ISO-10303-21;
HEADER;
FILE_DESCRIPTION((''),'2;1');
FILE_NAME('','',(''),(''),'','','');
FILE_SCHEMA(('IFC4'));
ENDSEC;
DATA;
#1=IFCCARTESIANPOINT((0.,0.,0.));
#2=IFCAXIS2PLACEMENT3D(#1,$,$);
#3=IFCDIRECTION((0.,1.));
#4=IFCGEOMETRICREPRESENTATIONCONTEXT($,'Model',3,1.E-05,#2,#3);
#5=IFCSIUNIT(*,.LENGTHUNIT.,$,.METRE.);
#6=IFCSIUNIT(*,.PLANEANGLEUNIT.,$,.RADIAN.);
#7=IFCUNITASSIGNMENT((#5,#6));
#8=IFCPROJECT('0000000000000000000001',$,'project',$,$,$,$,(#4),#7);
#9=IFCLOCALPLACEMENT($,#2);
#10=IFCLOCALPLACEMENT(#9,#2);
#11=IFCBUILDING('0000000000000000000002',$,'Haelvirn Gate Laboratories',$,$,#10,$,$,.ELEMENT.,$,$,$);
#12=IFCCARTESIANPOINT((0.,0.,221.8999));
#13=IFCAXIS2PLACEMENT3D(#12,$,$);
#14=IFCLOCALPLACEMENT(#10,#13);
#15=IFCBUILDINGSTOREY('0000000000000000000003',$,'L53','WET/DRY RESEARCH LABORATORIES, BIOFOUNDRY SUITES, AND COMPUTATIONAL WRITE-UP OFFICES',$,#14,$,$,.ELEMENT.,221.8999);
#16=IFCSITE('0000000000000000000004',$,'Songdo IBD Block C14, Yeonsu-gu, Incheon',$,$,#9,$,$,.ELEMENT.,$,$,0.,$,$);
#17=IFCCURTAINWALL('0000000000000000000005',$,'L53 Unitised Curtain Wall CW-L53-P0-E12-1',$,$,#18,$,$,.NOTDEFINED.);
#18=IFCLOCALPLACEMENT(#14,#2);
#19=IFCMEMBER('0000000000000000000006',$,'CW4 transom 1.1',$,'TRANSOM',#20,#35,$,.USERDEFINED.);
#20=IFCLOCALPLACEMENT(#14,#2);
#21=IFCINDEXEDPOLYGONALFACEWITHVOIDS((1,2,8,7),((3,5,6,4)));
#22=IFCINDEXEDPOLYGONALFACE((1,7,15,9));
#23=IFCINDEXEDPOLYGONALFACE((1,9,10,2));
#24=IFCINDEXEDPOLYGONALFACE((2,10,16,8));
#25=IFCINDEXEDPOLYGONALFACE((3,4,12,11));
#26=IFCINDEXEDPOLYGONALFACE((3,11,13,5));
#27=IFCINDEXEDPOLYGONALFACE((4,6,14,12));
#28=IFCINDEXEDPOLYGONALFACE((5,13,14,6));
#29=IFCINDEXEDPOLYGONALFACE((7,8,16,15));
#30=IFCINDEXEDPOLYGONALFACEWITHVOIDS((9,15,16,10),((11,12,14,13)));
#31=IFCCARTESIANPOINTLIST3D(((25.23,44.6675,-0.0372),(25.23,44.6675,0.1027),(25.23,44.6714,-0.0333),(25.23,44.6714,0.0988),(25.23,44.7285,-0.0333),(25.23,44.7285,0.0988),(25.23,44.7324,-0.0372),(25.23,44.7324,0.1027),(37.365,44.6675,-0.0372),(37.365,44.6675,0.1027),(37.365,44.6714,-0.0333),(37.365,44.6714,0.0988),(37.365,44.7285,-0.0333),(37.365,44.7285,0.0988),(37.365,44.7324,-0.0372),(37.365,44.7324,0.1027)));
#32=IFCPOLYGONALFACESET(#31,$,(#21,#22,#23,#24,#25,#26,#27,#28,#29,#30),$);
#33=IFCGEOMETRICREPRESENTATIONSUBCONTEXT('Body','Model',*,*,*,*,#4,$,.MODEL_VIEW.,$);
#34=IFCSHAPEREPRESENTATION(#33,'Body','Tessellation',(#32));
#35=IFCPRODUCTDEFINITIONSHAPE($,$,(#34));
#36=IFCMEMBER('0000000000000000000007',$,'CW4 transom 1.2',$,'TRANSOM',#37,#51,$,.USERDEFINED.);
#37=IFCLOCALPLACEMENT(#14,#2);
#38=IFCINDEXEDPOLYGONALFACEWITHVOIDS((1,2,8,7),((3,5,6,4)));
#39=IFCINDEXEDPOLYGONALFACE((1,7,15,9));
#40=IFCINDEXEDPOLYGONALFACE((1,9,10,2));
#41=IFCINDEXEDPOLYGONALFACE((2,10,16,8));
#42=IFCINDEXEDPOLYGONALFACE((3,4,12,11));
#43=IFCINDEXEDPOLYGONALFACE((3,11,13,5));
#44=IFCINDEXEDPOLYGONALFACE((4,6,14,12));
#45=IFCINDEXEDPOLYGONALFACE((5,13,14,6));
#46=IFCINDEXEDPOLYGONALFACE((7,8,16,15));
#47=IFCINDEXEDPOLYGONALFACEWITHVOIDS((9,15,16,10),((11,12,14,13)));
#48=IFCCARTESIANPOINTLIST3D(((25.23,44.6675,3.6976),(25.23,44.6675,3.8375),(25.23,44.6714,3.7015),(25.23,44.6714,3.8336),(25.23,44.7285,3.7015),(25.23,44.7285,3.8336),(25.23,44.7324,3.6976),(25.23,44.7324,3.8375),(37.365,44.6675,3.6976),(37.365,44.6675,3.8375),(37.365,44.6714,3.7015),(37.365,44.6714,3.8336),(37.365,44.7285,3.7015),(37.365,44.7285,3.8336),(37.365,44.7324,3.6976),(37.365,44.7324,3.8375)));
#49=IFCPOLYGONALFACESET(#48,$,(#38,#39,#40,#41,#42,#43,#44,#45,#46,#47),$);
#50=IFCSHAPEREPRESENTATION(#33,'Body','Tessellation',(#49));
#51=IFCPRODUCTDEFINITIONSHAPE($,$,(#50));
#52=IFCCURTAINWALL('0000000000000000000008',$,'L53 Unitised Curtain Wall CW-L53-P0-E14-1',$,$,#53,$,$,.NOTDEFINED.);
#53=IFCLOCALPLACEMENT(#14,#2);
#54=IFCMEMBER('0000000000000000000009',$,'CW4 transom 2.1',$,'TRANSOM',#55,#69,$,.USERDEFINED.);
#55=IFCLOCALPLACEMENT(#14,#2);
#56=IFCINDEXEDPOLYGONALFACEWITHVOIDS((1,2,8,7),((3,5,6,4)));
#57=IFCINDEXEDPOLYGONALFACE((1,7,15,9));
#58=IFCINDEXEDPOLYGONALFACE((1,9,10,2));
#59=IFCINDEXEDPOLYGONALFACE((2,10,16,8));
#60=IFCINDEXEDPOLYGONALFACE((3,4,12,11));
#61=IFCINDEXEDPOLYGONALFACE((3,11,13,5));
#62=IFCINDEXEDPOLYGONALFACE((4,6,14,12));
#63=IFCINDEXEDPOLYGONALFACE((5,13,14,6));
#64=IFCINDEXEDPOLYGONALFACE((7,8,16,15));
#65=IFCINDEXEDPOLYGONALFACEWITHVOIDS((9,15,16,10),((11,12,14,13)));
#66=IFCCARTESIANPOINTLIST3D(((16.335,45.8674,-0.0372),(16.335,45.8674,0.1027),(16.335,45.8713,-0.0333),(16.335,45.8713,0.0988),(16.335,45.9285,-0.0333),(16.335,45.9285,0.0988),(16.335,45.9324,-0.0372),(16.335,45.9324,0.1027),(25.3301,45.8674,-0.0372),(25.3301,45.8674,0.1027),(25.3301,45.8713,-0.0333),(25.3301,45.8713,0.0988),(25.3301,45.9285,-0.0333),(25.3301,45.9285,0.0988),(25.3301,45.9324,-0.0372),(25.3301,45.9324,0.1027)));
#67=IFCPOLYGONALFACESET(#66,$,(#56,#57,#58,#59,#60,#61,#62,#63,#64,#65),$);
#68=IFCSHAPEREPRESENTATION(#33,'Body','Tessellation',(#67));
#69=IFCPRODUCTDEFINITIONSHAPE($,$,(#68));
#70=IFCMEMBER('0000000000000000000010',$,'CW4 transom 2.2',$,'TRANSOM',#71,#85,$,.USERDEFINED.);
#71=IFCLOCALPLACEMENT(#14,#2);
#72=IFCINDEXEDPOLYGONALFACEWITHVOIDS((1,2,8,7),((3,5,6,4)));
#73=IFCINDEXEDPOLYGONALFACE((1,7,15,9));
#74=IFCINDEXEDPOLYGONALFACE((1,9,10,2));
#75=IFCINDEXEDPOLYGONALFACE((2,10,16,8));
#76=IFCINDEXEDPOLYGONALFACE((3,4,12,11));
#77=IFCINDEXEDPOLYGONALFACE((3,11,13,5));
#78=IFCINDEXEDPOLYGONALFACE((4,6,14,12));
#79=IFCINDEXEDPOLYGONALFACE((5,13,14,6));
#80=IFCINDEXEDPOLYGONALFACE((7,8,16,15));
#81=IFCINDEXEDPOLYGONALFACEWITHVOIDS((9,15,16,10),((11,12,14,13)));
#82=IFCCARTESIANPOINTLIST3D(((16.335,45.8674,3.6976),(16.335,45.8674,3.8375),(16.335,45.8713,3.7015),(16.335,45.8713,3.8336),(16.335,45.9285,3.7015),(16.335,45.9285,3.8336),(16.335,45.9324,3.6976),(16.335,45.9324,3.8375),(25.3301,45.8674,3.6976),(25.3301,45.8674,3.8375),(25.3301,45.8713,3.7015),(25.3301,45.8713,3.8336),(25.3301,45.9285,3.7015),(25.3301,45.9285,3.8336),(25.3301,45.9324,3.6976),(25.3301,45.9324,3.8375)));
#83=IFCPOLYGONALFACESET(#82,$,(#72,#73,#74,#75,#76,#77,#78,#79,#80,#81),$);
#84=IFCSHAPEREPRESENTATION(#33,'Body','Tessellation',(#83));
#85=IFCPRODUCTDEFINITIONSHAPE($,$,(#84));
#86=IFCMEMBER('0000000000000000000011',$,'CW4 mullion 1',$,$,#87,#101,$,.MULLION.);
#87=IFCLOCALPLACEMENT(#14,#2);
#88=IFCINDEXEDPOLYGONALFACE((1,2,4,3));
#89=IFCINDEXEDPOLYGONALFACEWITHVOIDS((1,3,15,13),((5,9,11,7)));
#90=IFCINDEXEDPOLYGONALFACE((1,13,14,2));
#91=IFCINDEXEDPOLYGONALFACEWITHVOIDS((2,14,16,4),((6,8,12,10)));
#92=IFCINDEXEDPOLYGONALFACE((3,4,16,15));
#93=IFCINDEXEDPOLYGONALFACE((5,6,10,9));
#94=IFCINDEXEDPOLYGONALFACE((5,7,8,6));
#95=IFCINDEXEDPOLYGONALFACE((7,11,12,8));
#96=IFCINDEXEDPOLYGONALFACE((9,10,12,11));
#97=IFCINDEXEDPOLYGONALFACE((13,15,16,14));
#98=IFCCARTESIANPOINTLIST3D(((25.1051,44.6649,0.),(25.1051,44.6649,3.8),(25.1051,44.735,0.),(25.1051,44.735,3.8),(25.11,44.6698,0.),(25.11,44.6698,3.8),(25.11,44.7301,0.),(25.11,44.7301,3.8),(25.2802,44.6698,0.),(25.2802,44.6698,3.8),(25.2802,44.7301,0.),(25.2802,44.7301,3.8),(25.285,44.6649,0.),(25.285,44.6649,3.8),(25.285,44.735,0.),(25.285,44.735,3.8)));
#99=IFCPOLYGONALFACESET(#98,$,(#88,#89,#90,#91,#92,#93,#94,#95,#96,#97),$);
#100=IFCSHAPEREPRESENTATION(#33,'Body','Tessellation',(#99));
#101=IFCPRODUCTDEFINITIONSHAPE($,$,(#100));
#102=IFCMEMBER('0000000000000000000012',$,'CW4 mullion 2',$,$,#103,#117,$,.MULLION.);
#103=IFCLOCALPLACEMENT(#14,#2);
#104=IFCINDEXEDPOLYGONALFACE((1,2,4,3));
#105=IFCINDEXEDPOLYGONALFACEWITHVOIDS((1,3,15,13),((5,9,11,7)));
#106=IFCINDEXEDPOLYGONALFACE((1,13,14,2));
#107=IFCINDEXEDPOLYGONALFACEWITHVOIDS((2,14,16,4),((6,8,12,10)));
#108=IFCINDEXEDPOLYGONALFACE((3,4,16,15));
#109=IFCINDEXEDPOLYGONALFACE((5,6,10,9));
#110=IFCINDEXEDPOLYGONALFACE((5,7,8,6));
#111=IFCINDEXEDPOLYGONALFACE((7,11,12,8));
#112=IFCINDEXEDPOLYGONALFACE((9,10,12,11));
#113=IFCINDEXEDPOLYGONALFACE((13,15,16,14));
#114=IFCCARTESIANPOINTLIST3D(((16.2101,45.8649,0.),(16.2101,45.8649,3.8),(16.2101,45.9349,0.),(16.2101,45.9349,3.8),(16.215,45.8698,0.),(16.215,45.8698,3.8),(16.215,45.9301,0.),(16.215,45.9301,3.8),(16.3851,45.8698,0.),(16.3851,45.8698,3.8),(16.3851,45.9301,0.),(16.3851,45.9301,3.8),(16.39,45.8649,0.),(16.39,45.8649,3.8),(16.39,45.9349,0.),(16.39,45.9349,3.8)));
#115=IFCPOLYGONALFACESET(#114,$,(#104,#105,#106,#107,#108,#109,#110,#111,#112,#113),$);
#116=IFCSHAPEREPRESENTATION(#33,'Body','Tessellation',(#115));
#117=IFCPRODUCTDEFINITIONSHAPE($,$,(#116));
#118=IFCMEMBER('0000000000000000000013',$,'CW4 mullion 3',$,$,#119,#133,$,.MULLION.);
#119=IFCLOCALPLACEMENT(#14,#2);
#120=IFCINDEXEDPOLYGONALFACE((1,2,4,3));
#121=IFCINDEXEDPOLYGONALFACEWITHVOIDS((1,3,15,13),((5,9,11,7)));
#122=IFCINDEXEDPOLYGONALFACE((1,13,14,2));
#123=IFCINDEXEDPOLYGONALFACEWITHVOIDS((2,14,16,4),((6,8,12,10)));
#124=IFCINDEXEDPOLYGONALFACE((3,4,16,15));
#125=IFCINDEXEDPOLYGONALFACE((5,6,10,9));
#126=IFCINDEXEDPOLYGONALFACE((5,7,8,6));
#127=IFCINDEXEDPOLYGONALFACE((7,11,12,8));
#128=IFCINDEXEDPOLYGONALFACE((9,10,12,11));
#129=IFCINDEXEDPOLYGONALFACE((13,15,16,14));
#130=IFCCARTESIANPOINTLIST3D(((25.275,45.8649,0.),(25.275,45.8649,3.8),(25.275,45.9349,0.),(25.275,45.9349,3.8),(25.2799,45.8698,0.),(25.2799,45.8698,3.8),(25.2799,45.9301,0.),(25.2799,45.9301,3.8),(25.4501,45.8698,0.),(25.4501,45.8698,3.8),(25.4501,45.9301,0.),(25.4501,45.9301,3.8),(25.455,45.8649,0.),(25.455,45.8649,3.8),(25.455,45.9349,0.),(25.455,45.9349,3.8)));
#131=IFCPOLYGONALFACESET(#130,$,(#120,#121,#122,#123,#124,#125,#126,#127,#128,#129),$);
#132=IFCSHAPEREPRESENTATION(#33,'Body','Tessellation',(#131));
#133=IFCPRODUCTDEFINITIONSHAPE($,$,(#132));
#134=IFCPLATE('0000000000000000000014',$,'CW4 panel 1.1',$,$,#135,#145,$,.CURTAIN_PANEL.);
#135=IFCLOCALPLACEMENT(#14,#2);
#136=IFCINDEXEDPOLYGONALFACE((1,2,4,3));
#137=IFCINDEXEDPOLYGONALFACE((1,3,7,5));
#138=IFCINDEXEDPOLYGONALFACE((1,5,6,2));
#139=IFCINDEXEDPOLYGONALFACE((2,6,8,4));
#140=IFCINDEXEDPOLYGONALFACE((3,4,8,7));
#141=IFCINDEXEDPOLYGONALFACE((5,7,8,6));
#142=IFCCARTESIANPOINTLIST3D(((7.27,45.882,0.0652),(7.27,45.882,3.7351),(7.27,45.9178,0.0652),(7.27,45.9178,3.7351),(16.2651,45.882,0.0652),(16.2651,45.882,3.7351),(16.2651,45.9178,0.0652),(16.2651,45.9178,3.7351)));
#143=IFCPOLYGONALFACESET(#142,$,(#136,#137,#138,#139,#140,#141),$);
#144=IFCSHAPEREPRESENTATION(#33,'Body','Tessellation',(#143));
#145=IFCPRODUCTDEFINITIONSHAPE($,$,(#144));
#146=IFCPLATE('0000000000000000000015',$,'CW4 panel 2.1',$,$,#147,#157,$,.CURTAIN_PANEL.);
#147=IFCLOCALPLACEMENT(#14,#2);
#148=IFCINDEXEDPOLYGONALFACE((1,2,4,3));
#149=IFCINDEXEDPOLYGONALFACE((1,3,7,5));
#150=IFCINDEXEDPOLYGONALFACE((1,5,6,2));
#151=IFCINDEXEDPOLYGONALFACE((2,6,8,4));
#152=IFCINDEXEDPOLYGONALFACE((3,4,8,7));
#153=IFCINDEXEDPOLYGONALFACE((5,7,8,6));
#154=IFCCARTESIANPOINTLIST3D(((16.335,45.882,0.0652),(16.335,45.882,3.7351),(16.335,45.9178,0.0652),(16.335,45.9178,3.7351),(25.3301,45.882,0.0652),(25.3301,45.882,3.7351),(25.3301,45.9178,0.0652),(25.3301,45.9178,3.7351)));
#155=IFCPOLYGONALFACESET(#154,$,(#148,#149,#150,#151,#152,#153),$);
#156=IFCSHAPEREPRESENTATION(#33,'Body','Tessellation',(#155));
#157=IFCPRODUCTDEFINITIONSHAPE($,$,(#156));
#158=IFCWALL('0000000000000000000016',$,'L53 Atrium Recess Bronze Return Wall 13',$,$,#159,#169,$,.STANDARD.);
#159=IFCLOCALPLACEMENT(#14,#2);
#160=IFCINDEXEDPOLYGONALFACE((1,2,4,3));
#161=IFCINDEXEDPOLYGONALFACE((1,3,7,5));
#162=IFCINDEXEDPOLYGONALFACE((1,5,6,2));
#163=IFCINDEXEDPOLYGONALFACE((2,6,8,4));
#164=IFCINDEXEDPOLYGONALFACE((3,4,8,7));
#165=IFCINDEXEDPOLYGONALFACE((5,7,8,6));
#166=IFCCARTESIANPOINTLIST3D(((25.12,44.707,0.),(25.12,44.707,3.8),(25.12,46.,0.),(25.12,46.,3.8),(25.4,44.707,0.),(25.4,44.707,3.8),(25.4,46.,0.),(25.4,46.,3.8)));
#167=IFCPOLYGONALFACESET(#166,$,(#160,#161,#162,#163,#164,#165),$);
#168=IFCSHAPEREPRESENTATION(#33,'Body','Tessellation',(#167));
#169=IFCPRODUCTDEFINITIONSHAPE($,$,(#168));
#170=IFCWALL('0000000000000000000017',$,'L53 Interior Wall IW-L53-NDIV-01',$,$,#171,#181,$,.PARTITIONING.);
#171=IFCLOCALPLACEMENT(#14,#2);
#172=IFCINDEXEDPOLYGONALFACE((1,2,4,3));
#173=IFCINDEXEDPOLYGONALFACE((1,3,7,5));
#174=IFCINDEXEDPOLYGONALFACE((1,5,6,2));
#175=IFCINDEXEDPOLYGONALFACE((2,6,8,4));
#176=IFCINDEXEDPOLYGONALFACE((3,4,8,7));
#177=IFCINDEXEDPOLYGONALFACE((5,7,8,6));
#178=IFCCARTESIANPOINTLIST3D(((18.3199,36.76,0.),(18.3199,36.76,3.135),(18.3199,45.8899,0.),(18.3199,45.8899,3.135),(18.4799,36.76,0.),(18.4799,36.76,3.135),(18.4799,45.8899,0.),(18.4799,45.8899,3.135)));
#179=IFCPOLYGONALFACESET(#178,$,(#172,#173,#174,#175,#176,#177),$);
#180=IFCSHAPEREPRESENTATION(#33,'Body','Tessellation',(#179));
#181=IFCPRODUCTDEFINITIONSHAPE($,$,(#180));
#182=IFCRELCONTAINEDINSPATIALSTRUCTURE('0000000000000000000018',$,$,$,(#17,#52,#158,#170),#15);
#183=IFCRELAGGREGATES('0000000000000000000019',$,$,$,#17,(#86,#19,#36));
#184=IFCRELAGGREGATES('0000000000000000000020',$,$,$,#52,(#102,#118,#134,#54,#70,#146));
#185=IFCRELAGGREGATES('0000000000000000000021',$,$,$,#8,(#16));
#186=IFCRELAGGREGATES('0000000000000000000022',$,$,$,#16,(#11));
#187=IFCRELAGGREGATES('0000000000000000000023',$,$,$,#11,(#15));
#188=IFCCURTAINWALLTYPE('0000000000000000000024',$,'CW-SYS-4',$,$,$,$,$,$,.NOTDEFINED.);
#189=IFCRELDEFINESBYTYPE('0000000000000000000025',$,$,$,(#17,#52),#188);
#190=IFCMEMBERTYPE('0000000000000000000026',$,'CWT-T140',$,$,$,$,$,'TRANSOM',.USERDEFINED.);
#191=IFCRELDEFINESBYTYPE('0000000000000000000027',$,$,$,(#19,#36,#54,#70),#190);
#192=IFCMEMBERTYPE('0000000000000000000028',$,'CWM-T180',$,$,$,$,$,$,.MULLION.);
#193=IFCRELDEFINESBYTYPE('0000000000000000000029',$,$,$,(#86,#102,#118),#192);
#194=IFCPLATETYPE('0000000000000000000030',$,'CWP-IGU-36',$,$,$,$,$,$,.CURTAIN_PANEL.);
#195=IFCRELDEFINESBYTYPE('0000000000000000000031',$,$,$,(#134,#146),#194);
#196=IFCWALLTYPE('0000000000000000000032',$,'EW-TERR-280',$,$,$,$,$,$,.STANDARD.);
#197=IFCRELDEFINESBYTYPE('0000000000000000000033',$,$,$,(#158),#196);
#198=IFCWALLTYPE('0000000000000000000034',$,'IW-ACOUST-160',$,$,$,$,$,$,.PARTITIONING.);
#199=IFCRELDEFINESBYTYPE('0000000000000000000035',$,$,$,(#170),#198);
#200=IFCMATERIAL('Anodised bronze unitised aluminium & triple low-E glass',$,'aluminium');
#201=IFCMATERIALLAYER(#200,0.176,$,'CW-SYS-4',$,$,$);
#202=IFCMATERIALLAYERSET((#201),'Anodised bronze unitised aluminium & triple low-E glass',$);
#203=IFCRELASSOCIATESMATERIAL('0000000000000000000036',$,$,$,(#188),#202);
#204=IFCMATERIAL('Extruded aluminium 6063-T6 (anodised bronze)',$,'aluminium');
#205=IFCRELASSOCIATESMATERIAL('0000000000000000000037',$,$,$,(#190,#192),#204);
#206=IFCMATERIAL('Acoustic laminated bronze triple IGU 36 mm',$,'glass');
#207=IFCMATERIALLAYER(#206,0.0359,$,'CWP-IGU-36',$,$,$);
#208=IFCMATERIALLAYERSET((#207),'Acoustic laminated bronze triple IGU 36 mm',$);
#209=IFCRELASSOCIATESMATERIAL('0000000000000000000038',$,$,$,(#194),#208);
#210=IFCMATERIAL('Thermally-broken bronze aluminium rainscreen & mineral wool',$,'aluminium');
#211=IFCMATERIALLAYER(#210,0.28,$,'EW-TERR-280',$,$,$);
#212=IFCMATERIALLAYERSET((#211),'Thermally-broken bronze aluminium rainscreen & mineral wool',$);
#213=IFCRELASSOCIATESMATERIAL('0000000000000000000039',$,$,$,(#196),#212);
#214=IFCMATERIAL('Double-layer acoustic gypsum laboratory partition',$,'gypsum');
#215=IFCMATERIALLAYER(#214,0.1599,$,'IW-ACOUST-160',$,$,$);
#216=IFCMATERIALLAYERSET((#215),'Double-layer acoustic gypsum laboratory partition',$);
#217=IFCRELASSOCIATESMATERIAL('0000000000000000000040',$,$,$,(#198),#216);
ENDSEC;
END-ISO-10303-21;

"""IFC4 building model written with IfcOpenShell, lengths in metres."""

from ifc_helpers import new_model, si_unit, direction, frame, frame_2d, origin, origin_2d, place, context, subcontext, project, spatial, rectangle, hollow_rectangle, extrude, source, transform, mapped, material, layer, layer_set, material_profile, profile_set, type_object, type_shapes, element, aggregate, save


model = new_model("IFC4")

# Units and contexts
model_context = context("Model", 3, precision=1e-05, world=origin(), true_north=direction((0.0, 1.0)))
body_context = subcontext(model_context, "Body", "Model", "MODEL_VIEW")
ifc_project = project(units=[si_unit("LENGTHUNIT", "METRE"), si_unit("PLANEANGLEUNIT", "RADIAN")], contexts=[model_context])

# Site, building, storey
site_placement = place(None, origin())
site = spatial("IfcSite", under=ifc_project, at=site_placement, Name="Songdo IBD Block C14, Yeonsu-gu, Incheon", CompositionType="ELEMENT", RefElevation=0.0)
building_placement = place(site_placement, origin())
building = spatial("IfcBuilding", under=site, at=building_placement, Name="Haelvirn Gate Laboratories", CompositionType="ELEMENT")
storey_placement = place(building_placement, frame((0.0, 0.0, 221.8999)))
storey = spatial("IfcBuildingStorey", under=building, at=storey_placement, Name="L53", Description="WET/DRY RESEARCH LABORATORIES, BIOFOUNDRY SUITES, AND COMPUTATIONAL WRITE-UP OFFICES", CompositionType="ELEMENT", Elevation=221.8999)

# Curtain walls, members
ifc_material_1 = material(Name="Anodised bronze unitised aluminium & triple low-E glass", Category="aluminium")
ifc_layer_1 = layer(ifc_material_1, 0.176, Name="CW-SYS-4")
ifc_layer_set_1 = layer_set([ifc_layer_1], Name="Anodised bronze unitised aluminium & triple low-E glass")
curtain_wall_type = type_object("IfcCurtainWallType", Name="CW-SYS-4", PredefinedType="NOTDEFINED", material=ifc_layer_set_1)
curtain_wall_1_placement = place(storey_placement, origin())
curtain_wall_1 = element("IfcCurtainWall", 1, at=curtain_wall_1_placement, inside=storey, type_object=curtain_wall_type, Name="L53 Unitised Curtain Wall CW-L53-P0-E12-1", PredefinedType="NOTDEFINED")
ifc_material_2 = material(Name="Extruded aluminium 6063-T6 (anodised bronze)", Category="aluminium")
ifc_material_profile_1 = material_profile(ifc_material_2, hollow_rectangle(XDim=0.0649, YDim=0.1399, WallThickness=0.0039, at=origin_2d()), Name="CWT-140x65x4")
ifc_profile_set_1 = profile_set([ifc_material_profile_1], Name="Extruded aluminium 6063-T6 (anodised bronze)")
member_type_1 = type_object("IfcMemberType", Name="CWT-T140", ElementType="TRANSOM", PredefinedType="USERDEFINED", material=ifc_profile_set_1)
shared_shape_1 = source(origin(), body_context, "Body", "SweptSolid", [
    extrude(hollow_rectangle(XDim=0.0649, YDim=0.1399, WallThickness=0.0039, at=origin_2d()), origin(), (0.0, 0.0, 1.0), 12.135),
])
member_1_placement = place(storey_placement, frame((25.23, 44.7, 0.0327), z_axis=(1.0, 0.0, 0.0), x_axis=(0.0, 1.0, 0.0)))
member_1 = element("IfcMember", 2, at=member_1_placement, type_object=member_type_1, Name="CW4 transom 1.1", ObjectType="TRANSOM", PredefinedType="USERDEFINED", context=body_context, shape_type="MappedRepresentation", body=[
    mapped(shared_shape_1, transform((0.0, 0.0, 0.0), scale=1.0)),
])
member_2_placement = place(storey_placement, frame((25.23, 44.7, 3.7676), z_axis=(1.0, 0.0, 0.0), x_axis=(0.0, 1.0, 0.0)))
member_2 = element("IfcMember", 3, at=member_2_placement, type_object=member_type_1, Name="CW4 transom 1.2", ObjectType="TRANSOM", PredefinedType="USERDEFINED", context=body_context, shape_type="MappedRepresentation", body=[
    mapped(shared_shape_1, transform((0.0, 0.0, 0.0), scale=1.0)),
])
curtain_wall_2_placement = place(storey_placement, origin())
curtain_wall_2 = element("IfcCurtainWall", 4, at=curtain_wall_2_placement, inside=storey, type_object=curtain_wall_type, Name="L53 Unitised Curtain Wall CW-L53-P0-E14-1", PredefinedType="NOTDEFINED")
shared_shape_2 = source(origin(), body_context, "Body", "SweptSolid", [
    extrude(hollow_rectangle(XDim=0.0649, YDim=0.1399, WallThickness=0.0039, at=origin_2d()), origin(), (0.0, 0.0, 1.0), 8.9951),
])
type_shapes(member_type_1, [shared_shape_1, shared_shape_2])
member_3_placement = place(storey_placement, frame((16.335, 45.8999, 0.0327), z_axis=(1.0, 0.0, 0.0), x_axis=(0.0, 1.0, 0.0)))
member_3 = element("IfcMember", 5, at=member_3_placement, type_object=member_type_1, Name="CW4 transom 2.1", ObjectType="TRANSOM", PredefinedType="USERDEFINED", context=body_context, shape_type="MappedRepresentation", body=[
    mapped(shared_shape_2, transform((0.0, 0.0, 0.0), scale=1.0)),
])
member_4_placement = place(storey_placement, frame((16.335, 45.8999, 3.7676), z_axis=(1.0, 0.0, 0.0), x_axis=(0.0, 1.0, 0.0)))
member_4 = element("IfcMember", 6, at=member_4_placement, type_object=member_type_1, Name="CW4 transom 2.2", ObjectType="TRANSOM", PredefinedType="USERDEFINED", context=body_context, shape_type="MappedRepresentation", body=[
    mapped(shared_shape_2, transform((0.0, 0.0, 0.0), scale=1.0)),
])

# Members
ifc_material_profile_2 = material_profile(ifc_material_2, hollow_rectangle(XDim=0.0701, YDim=0.1799, WallThickness=0.0049, at=origin_2d()), Name="CWM-180x70x5")
ifc_profile_set_2 = profile_set([ifc_material_profile_2], Name="Extruded aluminium 6063-T6 (anodised bronze)")
member_type_2 = type_object("IfcMemberType", Name="CWM-T180", PredefinedType="MULLION", material=ifc_profile_set_2)
shared_shape_3 = source(origin(), body_context, "Body", "SweptSolid", [
    extrude(hollow_rectangle(XDim=0.0701, YDim=0.1799, WallThickness=0.0049, at=origin_2d()), origin(), (0.0, 0.0, 1.0), 3.8),
])
type_shapes(member_type_2, [shared_shape_3])
member_5_placement = place(storey_placement, frame((25.1951, 44.7, 0.0), z_axis=(0.0, 0.0, 1.0), x_axis=(0.0, 1.0, 0.0)))
member_5 = element("IfcMember", 7, at=member_5_placement, type_object=member_type_2, Name="CW4 mullion 1", PredefinedType="MULLION", context=body_context, shape_type="MappedRepresentation", body=[
    mapped(shared_shape_3, transform((0.0, 0.0, 0.0), scale=1.0)),
])
aggregate(curtain_wall_1, [member_5, member_1, member_2])
member_6_placement = place(storey_placement, frame((16.3, 45.8999, 0.0), z_axis=(0.0, 0.0, 1.0), x_axis=(0.0, 1.0, 0.0)))
member_6 = element("IfcMember", 8, at=member_6_placement, type_object=member_type_2, Name="CW4 mullion 2", PredefinedType="MULLION", context=body_context, shape_type="MappedRepresentation", body=[
    mapped(shared_shape_3, transform((0.0, 0.0, 0.0), scale=1.0)),
])
member_7_placement = place(storey_placement, frame((25.365, 45.8999, 0.0), z_axis=(0.0, 0.0, 1.0), x_axis=(0.0, 1.0, 0.0)))
member_7 = element("IfcMember", 9, at=member_7_placement, type_object=member_type_2, Name="CW4 mullion 3", PredefinedType="MULLION", context=body_context, shape_type="MappedRepresentation", body=[
    mapped(shared_shape_3, transform((0.0, 0.0, 0.0), scale=1.0)),
])

# Plates
ifc_material_3 = material(Name="Acoustic laminated bronze triple IGU 36 mm", Category="glass")
ifc_layer_2 = layer(ifc_material_3, 0.0359, Name="CWP-IGU-36")
ifc_layer_set_2 = layer_set([ifc_layer_2], Name="Acoustic laminated bronze triple IGU 36 mm")
plate_type = type_object("IfcPlateType", Name="CWP-IGU-36", PredefinedType="CURTAIN_PANEL", material=ifc_layer_set_2)
shared_shape_4 = source(origin(), body_context, "Body", "SweptSolid", [
    extrude(rectangle(XDim=8.9951, YDim=0.0359, at=origin_2d()), origin(), (0.0, 0.0, 1.0), 3.6699),
])
type_shapes(plate_type, [shared_shape_4])
plate_1_placement = place(storey_placement, frame((11.7676, 45.8999, 0.0652), z_axis=(0.0, 0.0, 1.0), x_axis=(1.0, 0.0, 0.0)))
plate_1 = element("IfcPlate", 10, at=plate_1_placement, type_object=plate_type, Name="CW4 panel 1.1", PredefinedType="CURTAIN_PANEL", context=body_context, shape_type="MappedRepresentation", body=[
    mapped(shared_shape_4, transform((0.0, 0.0, 0.0), scale=1.0)),
])
plate_2_placement = place(storey_placement, frame((20.8325, 45.8999, 0.0652), z_axis=(0.0, 0.0, 1.0), x_axis=(1.0, 0.0, 0.0)))
plate_2 = element("IfcPlate", 11, at=plate_2_placement, type_object=plate_type, Name="CW4 panel 2.1", PredefinedType="CURTAIN_PANEL", context=body_context, shape_type="MappedRepresentation", body=[
    mapped(shared_shape_4, transform((0.0, 0.0, 0.0), scale=1.0)),
])
aggregate(curtain_wall_2, [member_6, member_7, plate_1, member_3, member_4, plate_2])

# Walls
ifc_material_4 = material(Name="Thermally-broken bronze aluminium rainscreen & mineral wool", Category="aluminium")
ifc_layer_3 = layer(ifc_material_4, 0.28, Name="EW-TERR-280")
ifc_layer_set_3 = layer_set([ifc_layer_3], Name="Thermally-broken bronze aluminium rainscreen & mineral wool")
wall_type_1 = type_object("IfcWallType", Name="EW-TERR-280", PredefinedType="STANDARD", material=ifc_layer_set_3)
wall_1_placement = place(storey_placement, frame((25.26, 44.707, 0.0), z_axis=(0.0, 0.0, 1.0), x_axis=(0.0, 1.0, 0.0)))
element("IfcWall", 12, at=wall_1_placement, inside=storey, type_object=wall_type_1, Name="L53 Atrium Recess Bronze Return Wall 13", PredefinedType="STANDARD", context=body_context, shape_type="SweptSolid", body=[
    extrude(rectangle(XDim=1.293, YDim=0.28, at=frame_2d((0.6465, 0.0))), origin(), (0.0, 0.0, 1.0), 3.8),
])
ifc_material_5 = material(Name="Double-layer acoustic gypsum laboratory partition", Category="gypsum")
ifc_layer_4 = layer(ifc_material_5, 0.1599, Name="IW-ACOUST-160")
ifc_layer_set_4 = layer_set([ifc_layer_4], Name="Double-layer acoustic gypsum laboratory partition")
wall_type_2 = type_object("IfcWallType", Name="IW-ACOUST-160", PredefinedType="PARTITIONING", material=ifc_layer_set_4)
wall_2_placement = place(storey_placement, frame((18.3999, 36.76, 0.0), z_axis=(0.0, 0.0, 1.0), x_axis=(0.0, 1.0, 0.0)))
element("IfcWall", 13, at=wall_2_placement, inside=storey, type_object=wall_type_2, Name="L53 Interior Wall IW-L53-NDIV-01", PredefinedType="PARTITIONING", context=body_context, shape_type="SweptSolid", body=[
    extrude(rectangle(XDim=9.1299, YDim=0.1599, at=frame_2d((4.5649, 0.0))), origin(), (0.0, 0.0, 1.0), 3.135),
])

save(model, "model.ifc")
